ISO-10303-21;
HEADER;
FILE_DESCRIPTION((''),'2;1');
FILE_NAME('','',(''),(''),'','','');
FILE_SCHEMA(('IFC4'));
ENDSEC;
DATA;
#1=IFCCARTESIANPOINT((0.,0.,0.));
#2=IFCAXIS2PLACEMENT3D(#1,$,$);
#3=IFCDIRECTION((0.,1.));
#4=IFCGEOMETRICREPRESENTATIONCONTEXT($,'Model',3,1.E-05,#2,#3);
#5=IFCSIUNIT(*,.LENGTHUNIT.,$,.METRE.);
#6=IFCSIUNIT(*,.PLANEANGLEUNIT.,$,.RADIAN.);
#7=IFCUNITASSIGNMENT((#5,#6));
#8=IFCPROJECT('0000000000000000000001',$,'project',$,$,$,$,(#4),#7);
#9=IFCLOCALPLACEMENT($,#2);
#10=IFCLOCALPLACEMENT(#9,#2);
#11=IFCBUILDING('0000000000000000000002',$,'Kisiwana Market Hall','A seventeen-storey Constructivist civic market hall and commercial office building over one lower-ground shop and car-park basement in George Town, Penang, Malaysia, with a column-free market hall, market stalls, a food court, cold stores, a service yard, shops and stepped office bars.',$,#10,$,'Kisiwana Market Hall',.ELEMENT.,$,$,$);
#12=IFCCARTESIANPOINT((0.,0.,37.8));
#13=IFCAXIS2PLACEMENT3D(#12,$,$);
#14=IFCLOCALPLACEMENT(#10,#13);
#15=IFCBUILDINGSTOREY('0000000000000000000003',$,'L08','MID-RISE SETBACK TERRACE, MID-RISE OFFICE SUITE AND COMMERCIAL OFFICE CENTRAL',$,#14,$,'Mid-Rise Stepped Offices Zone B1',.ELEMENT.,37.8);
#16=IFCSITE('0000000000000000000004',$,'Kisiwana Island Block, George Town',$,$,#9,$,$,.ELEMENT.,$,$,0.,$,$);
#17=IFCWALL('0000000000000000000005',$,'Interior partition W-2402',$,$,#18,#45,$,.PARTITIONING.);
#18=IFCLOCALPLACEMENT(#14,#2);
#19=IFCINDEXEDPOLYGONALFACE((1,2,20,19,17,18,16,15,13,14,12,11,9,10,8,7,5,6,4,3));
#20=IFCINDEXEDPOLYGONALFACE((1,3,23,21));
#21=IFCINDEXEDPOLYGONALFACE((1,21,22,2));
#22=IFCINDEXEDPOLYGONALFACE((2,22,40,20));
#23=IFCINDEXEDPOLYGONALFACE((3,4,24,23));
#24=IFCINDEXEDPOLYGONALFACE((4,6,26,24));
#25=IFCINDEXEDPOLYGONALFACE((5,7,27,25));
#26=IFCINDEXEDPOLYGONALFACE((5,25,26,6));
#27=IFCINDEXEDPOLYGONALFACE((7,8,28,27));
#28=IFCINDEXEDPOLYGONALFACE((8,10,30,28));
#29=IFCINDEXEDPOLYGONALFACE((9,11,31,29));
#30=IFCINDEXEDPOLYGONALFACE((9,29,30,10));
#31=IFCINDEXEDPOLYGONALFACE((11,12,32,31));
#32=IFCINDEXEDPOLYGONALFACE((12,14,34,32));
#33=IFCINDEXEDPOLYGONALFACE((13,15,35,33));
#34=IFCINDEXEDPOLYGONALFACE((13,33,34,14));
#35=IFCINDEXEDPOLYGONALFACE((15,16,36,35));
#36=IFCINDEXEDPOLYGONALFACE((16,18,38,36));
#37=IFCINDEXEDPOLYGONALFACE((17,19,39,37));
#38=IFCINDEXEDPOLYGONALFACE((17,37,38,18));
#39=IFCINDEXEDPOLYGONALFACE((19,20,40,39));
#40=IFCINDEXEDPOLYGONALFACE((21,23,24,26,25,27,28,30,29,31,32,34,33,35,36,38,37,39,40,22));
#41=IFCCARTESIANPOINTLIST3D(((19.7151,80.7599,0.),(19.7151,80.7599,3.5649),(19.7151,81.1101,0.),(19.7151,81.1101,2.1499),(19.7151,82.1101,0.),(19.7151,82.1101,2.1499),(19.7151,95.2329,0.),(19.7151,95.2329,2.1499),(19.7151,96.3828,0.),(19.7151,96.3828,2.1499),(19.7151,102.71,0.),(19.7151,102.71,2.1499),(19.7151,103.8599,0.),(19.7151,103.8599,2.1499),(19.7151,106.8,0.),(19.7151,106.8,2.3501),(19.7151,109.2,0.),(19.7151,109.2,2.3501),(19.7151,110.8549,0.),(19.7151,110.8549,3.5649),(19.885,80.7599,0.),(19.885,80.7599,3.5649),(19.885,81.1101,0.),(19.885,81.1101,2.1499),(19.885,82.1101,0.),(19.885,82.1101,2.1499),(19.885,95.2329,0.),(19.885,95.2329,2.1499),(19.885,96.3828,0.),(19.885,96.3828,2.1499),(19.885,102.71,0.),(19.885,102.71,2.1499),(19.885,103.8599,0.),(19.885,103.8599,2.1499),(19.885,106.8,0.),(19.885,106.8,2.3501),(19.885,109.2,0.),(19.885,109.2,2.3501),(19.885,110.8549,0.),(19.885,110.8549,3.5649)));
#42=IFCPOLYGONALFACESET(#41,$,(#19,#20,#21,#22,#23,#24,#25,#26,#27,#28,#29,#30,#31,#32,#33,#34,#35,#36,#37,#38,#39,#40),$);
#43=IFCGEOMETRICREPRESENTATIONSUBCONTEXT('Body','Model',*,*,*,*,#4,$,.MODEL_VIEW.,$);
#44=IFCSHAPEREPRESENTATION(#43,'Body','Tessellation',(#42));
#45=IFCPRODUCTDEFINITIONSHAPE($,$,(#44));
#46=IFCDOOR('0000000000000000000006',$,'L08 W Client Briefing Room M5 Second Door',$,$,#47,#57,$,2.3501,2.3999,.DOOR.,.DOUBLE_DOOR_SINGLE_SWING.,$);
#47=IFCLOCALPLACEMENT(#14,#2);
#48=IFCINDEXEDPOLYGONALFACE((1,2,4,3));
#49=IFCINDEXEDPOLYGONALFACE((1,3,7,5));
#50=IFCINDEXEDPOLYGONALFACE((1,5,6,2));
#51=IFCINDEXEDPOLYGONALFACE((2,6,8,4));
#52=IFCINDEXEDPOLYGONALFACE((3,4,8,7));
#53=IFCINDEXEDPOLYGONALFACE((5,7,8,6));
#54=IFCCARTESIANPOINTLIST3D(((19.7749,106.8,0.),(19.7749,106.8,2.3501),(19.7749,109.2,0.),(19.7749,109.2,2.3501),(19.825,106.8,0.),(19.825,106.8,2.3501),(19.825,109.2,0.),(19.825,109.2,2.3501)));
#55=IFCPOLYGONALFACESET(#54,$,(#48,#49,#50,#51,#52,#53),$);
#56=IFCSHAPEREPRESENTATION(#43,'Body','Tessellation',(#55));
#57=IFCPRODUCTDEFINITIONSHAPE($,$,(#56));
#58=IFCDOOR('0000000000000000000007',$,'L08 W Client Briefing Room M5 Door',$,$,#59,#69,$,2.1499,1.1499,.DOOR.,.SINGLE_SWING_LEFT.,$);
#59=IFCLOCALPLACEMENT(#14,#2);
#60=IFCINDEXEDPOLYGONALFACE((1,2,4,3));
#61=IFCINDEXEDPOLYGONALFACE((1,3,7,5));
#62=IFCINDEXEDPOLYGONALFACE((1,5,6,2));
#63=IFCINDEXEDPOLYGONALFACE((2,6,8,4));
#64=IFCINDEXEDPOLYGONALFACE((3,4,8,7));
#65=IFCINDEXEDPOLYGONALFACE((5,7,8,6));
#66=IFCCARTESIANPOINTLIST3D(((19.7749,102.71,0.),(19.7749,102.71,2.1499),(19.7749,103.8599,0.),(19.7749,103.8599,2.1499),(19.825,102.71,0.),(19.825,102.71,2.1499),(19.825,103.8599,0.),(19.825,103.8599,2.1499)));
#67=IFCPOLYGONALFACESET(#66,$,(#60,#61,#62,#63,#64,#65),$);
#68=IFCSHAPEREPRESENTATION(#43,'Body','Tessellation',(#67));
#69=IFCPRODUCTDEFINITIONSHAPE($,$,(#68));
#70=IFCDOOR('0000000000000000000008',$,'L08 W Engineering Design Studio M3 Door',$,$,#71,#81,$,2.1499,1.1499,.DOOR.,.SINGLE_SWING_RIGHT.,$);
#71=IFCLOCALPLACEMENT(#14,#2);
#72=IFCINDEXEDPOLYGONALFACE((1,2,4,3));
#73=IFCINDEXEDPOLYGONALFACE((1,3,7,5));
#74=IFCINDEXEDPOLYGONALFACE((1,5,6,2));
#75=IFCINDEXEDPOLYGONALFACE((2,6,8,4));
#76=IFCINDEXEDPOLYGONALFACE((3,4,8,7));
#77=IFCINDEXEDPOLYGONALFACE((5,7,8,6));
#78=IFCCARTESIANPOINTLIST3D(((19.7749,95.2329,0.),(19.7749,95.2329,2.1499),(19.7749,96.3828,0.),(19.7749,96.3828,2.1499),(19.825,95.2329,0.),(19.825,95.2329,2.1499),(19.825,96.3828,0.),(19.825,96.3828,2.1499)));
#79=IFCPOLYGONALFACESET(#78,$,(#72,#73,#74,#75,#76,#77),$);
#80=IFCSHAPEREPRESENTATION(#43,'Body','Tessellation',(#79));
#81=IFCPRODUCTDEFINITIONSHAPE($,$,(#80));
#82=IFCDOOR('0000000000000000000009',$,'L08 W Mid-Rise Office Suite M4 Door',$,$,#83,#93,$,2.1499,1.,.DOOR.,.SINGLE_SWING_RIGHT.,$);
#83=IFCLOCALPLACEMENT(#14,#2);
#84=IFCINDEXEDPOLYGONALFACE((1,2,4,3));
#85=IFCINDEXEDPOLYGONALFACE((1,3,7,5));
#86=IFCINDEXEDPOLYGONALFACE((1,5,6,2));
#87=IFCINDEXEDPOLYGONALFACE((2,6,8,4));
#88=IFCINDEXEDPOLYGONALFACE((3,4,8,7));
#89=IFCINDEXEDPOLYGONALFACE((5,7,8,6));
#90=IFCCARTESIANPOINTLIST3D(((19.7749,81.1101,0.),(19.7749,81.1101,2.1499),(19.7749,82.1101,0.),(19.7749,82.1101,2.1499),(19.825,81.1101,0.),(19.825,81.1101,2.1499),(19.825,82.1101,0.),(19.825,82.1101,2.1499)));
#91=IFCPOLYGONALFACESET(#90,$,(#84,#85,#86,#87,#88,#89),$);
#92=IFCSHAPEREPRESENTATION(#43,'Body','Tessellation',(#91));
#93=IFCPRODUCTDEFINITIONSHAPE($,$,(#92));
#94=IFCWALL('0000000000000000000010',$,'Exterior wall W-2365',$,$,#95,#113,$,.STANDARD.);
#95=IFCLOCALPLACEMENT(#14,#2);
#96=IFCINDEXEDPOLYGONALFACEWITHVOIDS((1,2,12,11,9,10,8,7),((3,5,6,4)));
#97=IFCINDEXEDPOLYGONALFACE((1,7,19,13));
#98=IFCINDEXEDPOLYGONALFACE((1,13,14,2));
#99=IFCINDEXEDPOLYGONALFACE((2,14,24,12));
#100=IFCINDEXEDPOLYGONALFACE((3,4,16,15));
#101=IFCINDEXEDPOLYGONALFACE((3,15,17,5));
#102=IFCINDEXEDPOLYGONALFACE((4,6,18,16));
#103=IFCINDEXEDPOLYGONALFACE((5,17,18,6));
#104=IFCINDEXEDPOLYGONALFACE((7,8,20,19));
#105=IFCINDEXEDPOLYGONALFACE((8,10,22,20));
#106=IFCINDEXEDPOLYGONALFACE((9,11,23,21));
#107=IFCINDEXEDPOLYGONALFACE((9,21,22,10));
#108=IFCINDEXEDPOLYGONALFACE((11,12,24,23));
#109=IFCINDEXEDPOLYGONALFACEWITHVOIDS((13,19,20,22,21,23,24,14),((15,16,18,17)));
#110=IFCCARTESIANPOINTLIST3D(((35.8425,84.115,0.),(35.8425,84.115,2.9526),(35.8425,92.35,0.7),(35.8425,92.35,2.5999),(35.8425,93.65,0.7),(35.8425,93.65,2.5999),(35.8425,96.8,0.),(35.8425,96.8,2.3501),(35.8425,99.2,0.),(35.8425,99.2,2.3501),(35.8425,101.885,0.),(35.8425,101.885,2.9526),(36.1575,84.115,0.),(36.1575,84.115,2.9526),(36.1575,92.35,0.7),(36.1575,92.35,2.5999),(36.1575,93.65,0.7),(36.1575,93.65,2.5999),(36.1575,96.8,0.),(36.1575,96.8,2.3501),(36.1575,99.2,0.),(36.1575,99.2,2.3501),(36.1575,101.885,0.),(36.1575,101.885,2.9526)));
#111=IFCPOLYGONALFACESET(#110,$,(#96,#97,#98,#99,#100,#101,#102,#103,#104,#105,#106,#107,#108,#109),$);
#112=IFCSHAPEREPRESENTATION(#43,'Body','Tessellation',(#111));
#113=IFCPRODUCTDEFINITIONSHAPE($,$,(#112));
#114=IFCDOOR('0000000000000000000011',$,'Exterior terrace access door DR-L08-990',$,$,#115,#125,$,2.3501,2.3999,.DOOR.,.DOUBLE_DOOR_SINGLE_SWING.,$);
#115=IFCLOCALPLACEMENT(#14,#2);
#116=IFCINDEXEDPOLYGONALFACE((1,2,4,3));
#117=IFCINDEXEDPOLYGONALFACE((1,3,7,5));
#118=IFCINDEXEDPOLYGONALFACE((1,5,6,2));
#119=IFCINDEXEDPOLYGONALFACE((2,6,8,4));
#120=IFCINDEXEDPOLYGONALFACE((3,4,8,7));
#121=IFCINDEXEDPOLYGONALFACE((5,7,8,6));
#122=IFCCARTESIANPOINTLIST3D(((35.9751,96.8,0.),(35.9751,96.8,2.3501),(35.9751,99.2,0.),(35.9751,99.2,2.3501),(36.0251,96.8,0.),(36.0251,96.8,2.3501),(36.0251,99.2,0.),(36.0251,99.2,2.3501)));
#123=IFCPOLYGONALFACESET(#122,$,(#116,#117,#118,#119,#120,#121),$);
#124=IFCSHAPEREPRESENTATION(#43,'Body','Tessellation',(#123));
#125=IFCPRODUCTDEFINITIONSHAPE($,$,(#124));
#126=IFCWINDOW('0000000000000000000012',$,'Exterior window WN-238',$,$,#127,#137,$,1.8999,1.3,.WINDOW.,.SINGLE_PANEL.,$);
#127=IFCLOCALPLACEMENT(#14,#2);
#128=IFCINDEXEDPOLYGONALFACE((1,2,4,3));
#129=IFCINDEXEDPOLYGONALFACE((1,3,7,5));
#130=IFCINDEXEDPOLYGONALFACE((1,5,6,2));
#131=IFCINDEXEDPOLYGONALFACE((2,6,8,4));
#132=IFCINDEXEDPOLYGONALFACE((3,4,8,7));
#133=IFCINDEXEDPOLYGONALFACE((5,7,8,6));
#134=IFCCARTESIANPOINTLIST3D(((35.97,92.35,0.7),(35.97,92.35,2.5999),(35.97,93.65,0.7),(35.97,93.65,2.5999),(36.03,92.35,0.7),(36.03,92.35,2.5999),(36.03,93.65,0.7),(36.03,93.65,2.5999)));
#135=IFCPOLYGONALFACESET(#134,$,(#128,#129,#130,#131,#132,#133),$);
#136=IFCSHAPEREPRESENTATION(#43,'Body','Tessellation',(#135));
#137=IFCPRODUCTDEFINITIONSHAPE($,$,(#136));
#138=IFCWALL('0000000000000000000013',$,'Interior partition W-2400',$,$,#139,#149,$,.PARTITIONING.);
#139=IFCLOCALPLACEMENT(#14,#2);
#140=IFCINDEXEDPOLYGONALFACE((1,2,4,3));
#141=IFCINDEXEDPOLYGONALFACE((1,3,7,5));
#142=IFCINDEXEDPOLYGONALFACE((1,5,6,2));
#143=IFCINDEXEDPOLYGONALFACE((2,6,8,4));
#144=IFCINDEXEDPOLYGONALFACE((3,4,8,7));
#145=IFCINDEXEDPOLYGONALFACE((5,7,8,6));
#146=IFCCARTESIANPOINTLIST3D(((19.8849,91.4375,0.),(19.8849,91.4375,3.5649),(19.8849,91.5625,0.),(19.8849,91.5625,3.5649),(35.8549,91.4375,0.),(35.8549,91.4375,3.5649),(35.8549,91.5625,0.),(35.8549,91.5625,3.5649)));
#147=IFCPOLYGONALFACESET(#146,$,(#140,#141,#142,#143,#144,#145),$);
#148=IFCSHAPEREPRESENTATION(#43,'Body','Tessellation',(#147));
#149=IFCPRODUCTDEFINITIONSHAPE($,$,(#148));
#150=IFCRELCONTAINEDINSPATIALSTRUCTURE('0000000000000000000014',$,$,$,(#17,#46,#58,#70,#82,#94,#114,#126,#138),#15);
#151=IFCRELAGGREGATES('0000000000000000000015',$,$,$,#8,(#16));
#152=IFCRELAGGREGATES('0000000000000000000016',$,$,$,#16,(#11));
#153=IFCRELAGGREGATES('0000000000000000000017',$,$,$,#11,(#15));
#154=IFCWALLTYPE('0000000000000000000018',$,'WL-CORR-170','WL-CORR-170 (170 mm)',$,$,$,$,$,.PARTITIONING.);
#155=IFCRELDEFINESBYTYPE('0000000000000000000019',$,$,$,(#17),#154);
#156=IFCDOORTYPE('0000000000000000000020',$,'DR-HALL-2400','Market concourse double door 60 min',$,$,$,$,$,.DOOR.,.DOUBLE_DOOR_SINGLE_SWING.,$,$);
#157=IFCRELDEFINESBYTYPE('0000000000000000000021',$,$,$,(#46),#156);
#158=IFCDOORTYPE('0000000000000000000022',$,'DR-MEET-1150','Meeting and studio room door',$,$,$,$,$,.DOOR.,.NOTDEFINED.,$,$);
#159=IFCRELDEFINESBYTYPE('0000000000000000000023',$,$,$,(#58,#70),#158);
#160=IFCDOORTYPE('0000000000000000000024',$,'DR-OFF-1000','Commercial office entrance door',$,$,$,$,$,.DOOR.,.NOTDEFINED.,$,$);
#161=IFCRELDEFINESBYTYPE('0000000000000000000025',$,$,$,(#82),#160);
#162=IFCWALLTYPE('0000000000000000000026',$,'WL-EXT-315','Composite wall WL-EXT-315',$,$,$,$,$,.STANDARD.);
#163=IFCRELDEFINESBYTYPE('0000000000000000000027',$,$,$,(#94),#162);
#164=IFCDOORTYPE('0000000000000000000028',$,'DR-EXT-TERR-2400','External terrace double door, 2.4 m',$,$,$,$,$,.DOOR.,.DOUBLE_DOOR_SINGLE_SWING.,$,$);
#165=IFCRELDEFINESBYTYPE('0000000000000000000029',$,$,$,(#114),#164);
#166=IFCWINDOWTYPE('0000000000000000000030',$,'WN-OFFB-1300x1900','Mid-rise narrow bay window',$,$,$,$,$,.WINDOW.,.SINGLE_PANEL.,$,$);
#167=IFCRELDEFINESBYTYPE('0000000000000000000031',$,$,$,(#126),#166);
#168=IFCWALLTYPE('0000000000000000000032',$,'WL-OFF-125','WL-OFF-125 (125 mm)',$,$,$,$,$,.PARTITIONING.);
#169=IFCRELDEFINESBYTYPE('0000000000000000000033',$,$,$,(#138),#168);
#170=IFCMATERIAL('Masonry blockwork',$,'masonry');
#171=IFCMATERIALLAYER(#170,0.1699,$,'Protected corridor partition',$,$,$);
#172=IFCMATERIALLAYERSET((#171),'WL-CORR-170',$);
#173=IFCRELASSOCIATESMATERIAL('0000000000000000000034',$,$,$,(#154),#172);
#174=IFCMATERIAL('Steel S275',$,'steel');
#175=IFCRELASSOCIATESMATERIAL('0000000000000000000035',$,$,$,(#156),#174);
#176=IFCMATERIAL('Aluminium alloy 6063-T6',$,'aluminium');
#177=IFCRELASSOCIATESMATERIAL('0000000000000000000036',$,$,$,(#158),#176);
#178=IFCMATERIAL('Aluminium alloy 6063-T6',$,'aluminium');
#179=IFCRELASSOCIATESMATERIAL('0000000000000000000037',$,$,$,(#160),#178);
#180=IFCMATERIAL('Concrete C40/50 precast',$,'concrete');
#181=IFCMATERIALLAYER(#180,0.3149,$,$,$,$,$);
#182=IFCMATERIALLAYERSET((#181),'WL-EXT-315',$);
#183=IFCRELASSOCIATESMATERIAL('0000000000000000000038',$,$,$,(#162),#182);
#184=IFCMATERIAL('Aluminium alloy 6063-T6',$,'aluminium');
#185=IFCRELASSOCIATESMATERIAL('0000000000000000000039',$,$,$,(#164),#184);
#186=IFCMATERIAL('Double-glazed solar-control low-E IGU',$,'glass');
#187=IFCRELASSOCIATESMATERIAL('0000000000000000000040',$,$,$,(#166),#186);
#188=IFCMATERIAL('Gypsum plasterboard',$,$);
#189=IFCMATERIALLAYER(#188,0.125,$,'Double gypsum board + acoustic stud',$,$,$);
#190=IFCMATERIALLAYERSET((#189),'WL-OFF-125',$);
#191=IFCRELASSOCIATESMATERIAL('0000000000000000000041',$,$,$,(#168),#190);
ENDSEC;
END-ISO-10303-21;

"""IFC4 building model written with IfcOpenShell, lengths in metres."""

from ifc_helpers import new_model, si_unit, direction, frame, frame_2d, origin, place, context, subcontext, project, spatial, rectangle, extrude, material, layer, layer_set, type_object, element, fill, save


model = new_model("IFC4")

# Units and contexts
model_context = context("Model", 3, precision=1e-05, world=origin(), true_north=direction((0.0, 1.0)))
body_context = subcontext(model_context, "Body", "Model", "MODEL_VIEW")
ifc_project = project(units=[si_unit("LENGTHUNIT", "METRE"), si_unit("PLANEANGLEUNIT", "RADIAN")], contexts=[model_context])

# Site, building, storey
site_placement = place(None, origin())
site = spatial("IfcSite", under=ifc_project, at=site_placement, Name="Kisiwana Island Block, George Town", CompositionType="ELEMENT", RefElevation=0.0)
building_placement = place(site_placement, origin())
building = spatial("IfcBuilding", under=site, at=building_placement, Name="Kisiwana Market Hall", Description="A seventeen-storey Constructivist civic market hall and commercial office building over one lower-ground shop and car-park basement in George Town, Penang, Malaysia, with a column-free market hall, market stalls, a food court, cold stores, a service yard, shops and stepped office bars.", LongName="Kisiwana Market Hall", CompositionType="ELEMENT")
storey_placement = place(building_placement, frame((0.0, 0.0, 37.8)))
storey = spatial("IfcBuildingStorey", under=building, at=storey_placement, Name="L08", Description="MID-RISE SETBACK TERRACE, MID-RISE OFFICE SUITE AND COMMERCIAL OFFICE CENTRAL", LongName="Mid-Rise Stepped Offices Zone B1", CompositionType="ELEMENT", Elevation=37.8)

# Wall, openings, doors
ifc_material_1 = material(Name="Masonry blockwork", Category="masonry")
ifc_layer_1 = layer(ifc_material_1, 0.1699, Name="Protected corridor partition")
ifc_layer_set_1 = layer_set([ifc_layer_1], Name="WL-CORR-170")
wall_type_1 = type_object("IfcWallType", Name="WL-CORR-170", Description="WL-CORR-170 (170 mm)", PredefinedType="PARTITIONING", material=ifc_layer_set_1)
wall_1_placement = place(storey_placement, frame((19.8, 80.76, 0.0), z_axis=(0.0, 0.0, 1.0), x_axis=(0.0, 1.0, 0.0)))
wall_1 = element("IfcWall", 1, at=wall_1_placement, inside=storey, type_object=wall_type_1, Name="Interior partition W-2402", PredefinedType="PARTITIONING", context=body_context, shape_type="SweptSolid", body=[
    extrude(rectangle(XDim=30.095, YDim=0.1699, at=frame_2d((15.0474, 0.0))), origin(), (0.0, 0.0, 1.0), 3.5649),
])
opening_1_placement = place(wall_1_placement, frame((0.3501, 0.0, 0.0)))
opening_1 = element("IfcOpeningElement", 2, at=opening_1_placement, cuts=wall_1, PredefinedType="OPENING", context=body_context, shape_type="SweptSolid", body=[
    extrude(rectangle(XDim=1.0, YDim=2.1499, at=frame_2d((0.5, 1.075))), frame((0.0, 0.0969, 0.0), z_axis=(0.0, -1.0, 0.0), x_axis=(1.0, 0.0, 0.0)), (0.0, 0.0, 1.0), 0.1938),
])
opening_2_placement = place(wall_1_placement, frame((21.95, 0.0, 0.0)))
opening_2 = element("IfcOpeningElement", 3, at=opening_2_placement, cuts=wall_1, PredefinedType="OPENING", context=body_context, shape_type="SweptSolid", body=[
    extrude(rectangle(XDim=1.1499, YDim=2.1499, at=frame_2d((0.575, 1.075))), frame((0.0, 0.0969, 0.0), z_axis=(0.0, -1.0, 0.0), x_axis=(1.0, 0.0, 0.0)), (0.0, 0.0, 1.0), 0.1938),
])
opening_3_placement = place(wall_1_placement, frame((26.04, 0.0, 0.0)))
opening_3 = element("IfcOpeningElement", 4, at=opening_3_placement, cuts=wall_1, PredefinedType="OPENING", context=body_context, shape_type="SweptSolid", body=[
    extrude(rectangle(XDim=2.3999, YDim=2.3501, at=frame_2d((1.2, 1.175))), frame((0.0, 0.0969, 0.0), z_axis=(0.0, -1.0, 0.0), x_axis=(1.0, 0.0, 0.0)), (0.0, 0.0, 1.0), 0.1938),
])
opening_4_placement = place(wall_1_placement, frame((14.4729, 0.0, 0.0)))
opening_4 = element("IfcOpeningElement", 5, at=opening_4_placement, cuts=wall_1, PredefinedType="OPENING", context=body_context, shape_type="SweptSolid", body=[
    extrude(rectangle(XDim=1.1499, YDim=2.1499, at=frame_2d((0.575, 1.075))), frame((0.0, 0.0969, 0.0), z_axis=(0.0, -1.0, 0.0), x_axis=(1.0, 0.0, 0.0)), (0.0, 0.0, 1.0), 0.1938),
])
ifc_material_2 = material(Name="Steel S275", Category="steel")
door_type_1 = type_object("IfcDoorType", Name="DR-HALL-2400", Description="Market concourse double door 60 min", OperationType="DOUBLE_DOOR_SINGLE_SWING", PredefinedType="DOOR", material=ifc_material_2)
door_1_placement = place(opening_3_placement, frame((2.3999, 0.0, 0.0), z_axis=(0.0, 0.0, 1.0), x_axis=(-1.0, 0.0, 0.0)))
door_1 = element("IfcDoor", 6, at=door_1_placement, inside=storey, type_object=door_type_1, Name="L08 W Client Briefing Room M5 Second Door", OperationType="DOUBLE_DOOR_SINGLE_SWING", OverallHeight=2.3501, OverallWidth=2.3999, PredefinedType="DOOR", context=body_context, shape_type="SweptSolid", body=[
    extrude(rectangle(XDim=2.3999, YDim=2.3501, at=frame_2d((1.2, 1.175))), frame((0.0, 0.0249, 0.0), z_axis=(0.0, -1.0, 0.0), x_axis=(1.0, 0.0, 0.0)), (0.0, 0.0, 1.0), 0.05),
])
fill(opening_3, door_1)
ifc_material_3 = material(Name="Aluminium alloy 6063-T6", Category="aluminium")
door_type_2 = type_object("IfcDoorType", Name="DR-MEET-1150", Description="Meeting and studio room door", OperationType="NOTDEFINED", PredefinedType="DOOR", material=ifc_material_3)
door_2_placement = place(opening_2_placement, frame((1.1499, 0.0, 0.0), z_axis=(0.0, 0.0, 1.0), x_axis=(-1.0, 0.0, 0.0)))
door_2 = element("IfcDoor", 7, at=door_2_placement, inside=storey, type_object=door_type_2, Name="L08 W Client Briefing Room M5 Door", OperationType="SINGLE_SWING_LEFT", OverallHeight=2.1499, OverallWidth=1.1499, PredefinedType="DOOR", context=body_context, shape_type="SweptSolid", body=[
    extrude(rectangle(XDim=1.1499, YDim=2.1499, at=frame_2d((0.575, 1.075))), frame((0.0, 0.0249, 0.0), z_axis=(0.0, -1.0, 0.0), x_axis=(1.0, 0.0, 0.0)), (0.0, 0.0, 1.0), 0.05),
])
fill(opening_2, door_2)
door_3_placement = place(opening_4_placement, frame((1.1499, 0.0, 0.0), z_axis=(0.0, 0.0, 1.0), x_axis=(-1.0, 0.0, 0.0)))
door_3 = element("IfcDoor", 8, at=door_3_placement, inside=storey, type_object=door_type_2, Name="L08 W Engineering Design Studio M3 Door", OperationType="SINGLE_SWING_RIGHT", OverallHeight=2.1499, OverallWidth=1.1499, PredefinedType="DOOR", context=body_context, shape_type="SweptSolid", body=[
    extrude(rectangle(XDim=1.1499, YDim=2.1499, at=frame_2d((0.575, 1.075))), frame((0.0, 0.0249, 0.0), z_axis=(0.0, -1.0, 0.0), x_axis=(1.0, 0.0, 0.0)), (0.0, 0.0, 1.0), 0.05),
])
fill(opening_4, door_3)
ifc_material_4 = material(Name="Aluminium alloy 6063-T6", Category="aluminium")
door_type_3 = type_object("IfcDoorType", Name="DR-OFF-1000", Description="Commercial office entrance door", OperationType="NOTDEFINED", PredefinedType="DOOR", material=ifc_material_4)
door_4_placement = place(opening_1_placement, frame((1.0, 0.0, 0.0), z_axis=(0.0, 0.0, 1.0), x_axis=(-1.0, 0.0, 0.0)))
door_4 = element("IfcDoor", 9, at=door_4_placement, inside=storey, type_object=door_type_3, Name="L08 W Mid-Rise Office Suite M4 Door", OperationType="SINGLE_SWING_RIGHT", OverallHeight=2.1499, OverallWidth=1.0, PredefinedType="DOOR", context=body_context, shape_type="SweptSolid", body=[
    extrude(rectangle(XDim=1.0, YDim=2.1499, at=frame_2d((0.5, 1.075))), frame((0.0, 0.0249, 0.0), z_axis=(0.0, -1.0, 0.0), x_axis=(1.0, 0.0, 0.0)), (0.0, 0.0, 1.0), 0.05),
])
fill(opening_1, door_4)

# Wall, openings, door, window
ifc_material_5 = material(Name="Concrete C40/50 precast", Category="concrete")
ifc_layer_2 = layer(ifc_material_5, 0.3149)
ifc_layer_set_2 = layer_set([ifc_layer_2], Name="WL-EXT-315")
wall_type_2 = type_object("IfcWallType", Name="WL-EXT-315", Description="Composite wall WL-EXT-315", PredefinedType="STANDARD", material=ifc_layer_set_2)
wall_2_placement = place(storey_placement, frame((36.0, 84.115, 0.0), z_axis=(0.0, 0.0, 1.0), x_axis=(0.0, 1.0, 0.0)))
wall_2 = element("IfcWall", 10, at=wall_2_placement, inside=storey, type_object=wall_type_2, Name="Exterior wall W-2365", PredefinedType="STANDARD", context=body_context, shape_type="SweptSolid", body=[
    extrude(rectangle(XDim=17.77, YDim=0.3149, at=frame_2d((8.885, 0.0))), origin(), (0.0, 0.0, 1.0), 2.9526),
])
opening_5_placement = place(wall_2_placement, frame((8.2351, 0.0, 0.7)))
opening_5 = element("IfcOpeningElement", 11, at=opening_5_placement, cuts=wall_2, PredefinedType="OPENING", context=body_context, shape_type="SweptSolid", body=[
    extrude(rectangle(XDim=1.3, YDim=1.8999, at=frame_2d((0.6499, 0.95))), frame((0.0, 0.1694, 0.0), z_axis=(0.0, -1.0, 0.0), x_axis=(1.0, 0.0, 0.0)), (0.0, 0.0, 1.0), 0.3389),
])
opening_6_placement = place(wall_2_placement, frame((12.6851, 0.0, 0.0)))
opening_6 = element("IfcOpeningElement", 12, at=opening_6_placement, cuts=wall_2, PredefinedType="OPENING", context=body_context, shape_type="SweptSolid", body=[
    extrude(rectangle(XDim=2.3999, YDim=2.3501, at=frame_2d((1.2, 1.175))), frame((0.0, 0.1694, 0.0), z_axis=(0.0, -1.0, 0.0), x_axis=(1.0, 0.0, 0.0)), (0.0, 0.0, 1.0), 0.3389),
])
ifc_material_6 = material(Name="Aluminium alloy 6063-T6", Category="aluminium")
door_type_4 = type_object("IfcDoorType", Name="DR-EXT-TERR-2400", Description="External terrace double door, 2.4 m", OperationType="DOUBLE_DOOR_SINGLE_SWING", PredefinedType="DOOR", material=ifc_material_6)
door_5_placement = place(opening_6_placement, origin())
door_5 = element("IfcDoor", 13, at=door_5_placement, inside=storey, type_object=door_type_4, Name="Exterior terrace access door DR-L08-990", OperationType="DOUBLE_DOOR_SINGLE_SWING", OverallHeight=2.3501, OverallWidth=2.3999, PredefinedType="DOOR", context=body_context, shape_type="SweptSolid", body=[
    extrude(rectangle(XDim=2.3999, YDim=2.3501, at=frame_2d((1.2, 1.175))), frame((0.0, 0.0249, 0.0), z_axis=(0.0, -1.0, 0.0), x_axis=(1.0, 0.0, 0.0)), (0.0, 0.0, 1.0), 0.05),
])
fill(opening_6, door_5)
ifc_material_7 = material(Name="Double-glazed solar-control low-E IGU", Category="glass")
window_type = type_object("IfcWindowType", Name="WN-OFFB-1300x1900", Description="Mid-rise narrow bay window", PartitioningType="SINGLE_PANEL", PredefinedType="WINDOW", material=ifc_material_7)
window_placement = place(opening_5_placement, origin())
window = element("IfcWindow", 14, at=window_placement, inside=storey, type_object=window_type, Name="Exterior window WN-238", OverallHeight=1.8999, OverallWidth=1.3, PartitioningType="SINGLE_PANEL", PredefinedType="WINDOW", context=body_context, shape_type="SweptSolid", body=[
    extrude(rectangle(XDim=1.3, YDim=1.8999, at=frame_2d((0.6499, 0.95))), frame((0.0, 0.03, 0.0), z_axis=(0.0, -1.0, 0.0), x_axis=(1.0, 0.0, 0.0)), (0.0, 0.0, 1.0), 0.0601),
])
fill(opening_5, window)

# Wall
ifc_material_8 = material(Name="Gypsum plasterboard")
ifc_layer_3 = layer(ifc_material_8, 0.125, Name="Double gypsum board + acoustic stud")
ifc_layer_set_3 = layer_set([ifc_layer_3], Name="WL-OFF-125")
wall_type_3 = type_object("IfcWallType", Name="WL-OFF-125", Description="WL-OFF-125 (125 mm)", PredefinedType="PARTITIONING", material=ifc_layer_set_3)
wall_3_placement = place(storey_placement, frame((19.885, 91.5, 0.0), z_axis=(0.0, 0.0, 1.0), x_axis=(1.0, 0.0, 0.0)))
element("IfcWall", 15, at=wall_3_placement, inside=storey, type_object=wall_type_3, Name="Interior partition W-2400", PredefinedType="PARTITIONING", context=body_context, shape_type="SweptSolid", body=[
    extrude(rectangle(XDim=15.97, YDim=0.125, at=frame_2d((7.9849, 0.0))), origin(), (0.0, 0.0, 1.0), 3.5649),
])

save(model, "model.ifc")
